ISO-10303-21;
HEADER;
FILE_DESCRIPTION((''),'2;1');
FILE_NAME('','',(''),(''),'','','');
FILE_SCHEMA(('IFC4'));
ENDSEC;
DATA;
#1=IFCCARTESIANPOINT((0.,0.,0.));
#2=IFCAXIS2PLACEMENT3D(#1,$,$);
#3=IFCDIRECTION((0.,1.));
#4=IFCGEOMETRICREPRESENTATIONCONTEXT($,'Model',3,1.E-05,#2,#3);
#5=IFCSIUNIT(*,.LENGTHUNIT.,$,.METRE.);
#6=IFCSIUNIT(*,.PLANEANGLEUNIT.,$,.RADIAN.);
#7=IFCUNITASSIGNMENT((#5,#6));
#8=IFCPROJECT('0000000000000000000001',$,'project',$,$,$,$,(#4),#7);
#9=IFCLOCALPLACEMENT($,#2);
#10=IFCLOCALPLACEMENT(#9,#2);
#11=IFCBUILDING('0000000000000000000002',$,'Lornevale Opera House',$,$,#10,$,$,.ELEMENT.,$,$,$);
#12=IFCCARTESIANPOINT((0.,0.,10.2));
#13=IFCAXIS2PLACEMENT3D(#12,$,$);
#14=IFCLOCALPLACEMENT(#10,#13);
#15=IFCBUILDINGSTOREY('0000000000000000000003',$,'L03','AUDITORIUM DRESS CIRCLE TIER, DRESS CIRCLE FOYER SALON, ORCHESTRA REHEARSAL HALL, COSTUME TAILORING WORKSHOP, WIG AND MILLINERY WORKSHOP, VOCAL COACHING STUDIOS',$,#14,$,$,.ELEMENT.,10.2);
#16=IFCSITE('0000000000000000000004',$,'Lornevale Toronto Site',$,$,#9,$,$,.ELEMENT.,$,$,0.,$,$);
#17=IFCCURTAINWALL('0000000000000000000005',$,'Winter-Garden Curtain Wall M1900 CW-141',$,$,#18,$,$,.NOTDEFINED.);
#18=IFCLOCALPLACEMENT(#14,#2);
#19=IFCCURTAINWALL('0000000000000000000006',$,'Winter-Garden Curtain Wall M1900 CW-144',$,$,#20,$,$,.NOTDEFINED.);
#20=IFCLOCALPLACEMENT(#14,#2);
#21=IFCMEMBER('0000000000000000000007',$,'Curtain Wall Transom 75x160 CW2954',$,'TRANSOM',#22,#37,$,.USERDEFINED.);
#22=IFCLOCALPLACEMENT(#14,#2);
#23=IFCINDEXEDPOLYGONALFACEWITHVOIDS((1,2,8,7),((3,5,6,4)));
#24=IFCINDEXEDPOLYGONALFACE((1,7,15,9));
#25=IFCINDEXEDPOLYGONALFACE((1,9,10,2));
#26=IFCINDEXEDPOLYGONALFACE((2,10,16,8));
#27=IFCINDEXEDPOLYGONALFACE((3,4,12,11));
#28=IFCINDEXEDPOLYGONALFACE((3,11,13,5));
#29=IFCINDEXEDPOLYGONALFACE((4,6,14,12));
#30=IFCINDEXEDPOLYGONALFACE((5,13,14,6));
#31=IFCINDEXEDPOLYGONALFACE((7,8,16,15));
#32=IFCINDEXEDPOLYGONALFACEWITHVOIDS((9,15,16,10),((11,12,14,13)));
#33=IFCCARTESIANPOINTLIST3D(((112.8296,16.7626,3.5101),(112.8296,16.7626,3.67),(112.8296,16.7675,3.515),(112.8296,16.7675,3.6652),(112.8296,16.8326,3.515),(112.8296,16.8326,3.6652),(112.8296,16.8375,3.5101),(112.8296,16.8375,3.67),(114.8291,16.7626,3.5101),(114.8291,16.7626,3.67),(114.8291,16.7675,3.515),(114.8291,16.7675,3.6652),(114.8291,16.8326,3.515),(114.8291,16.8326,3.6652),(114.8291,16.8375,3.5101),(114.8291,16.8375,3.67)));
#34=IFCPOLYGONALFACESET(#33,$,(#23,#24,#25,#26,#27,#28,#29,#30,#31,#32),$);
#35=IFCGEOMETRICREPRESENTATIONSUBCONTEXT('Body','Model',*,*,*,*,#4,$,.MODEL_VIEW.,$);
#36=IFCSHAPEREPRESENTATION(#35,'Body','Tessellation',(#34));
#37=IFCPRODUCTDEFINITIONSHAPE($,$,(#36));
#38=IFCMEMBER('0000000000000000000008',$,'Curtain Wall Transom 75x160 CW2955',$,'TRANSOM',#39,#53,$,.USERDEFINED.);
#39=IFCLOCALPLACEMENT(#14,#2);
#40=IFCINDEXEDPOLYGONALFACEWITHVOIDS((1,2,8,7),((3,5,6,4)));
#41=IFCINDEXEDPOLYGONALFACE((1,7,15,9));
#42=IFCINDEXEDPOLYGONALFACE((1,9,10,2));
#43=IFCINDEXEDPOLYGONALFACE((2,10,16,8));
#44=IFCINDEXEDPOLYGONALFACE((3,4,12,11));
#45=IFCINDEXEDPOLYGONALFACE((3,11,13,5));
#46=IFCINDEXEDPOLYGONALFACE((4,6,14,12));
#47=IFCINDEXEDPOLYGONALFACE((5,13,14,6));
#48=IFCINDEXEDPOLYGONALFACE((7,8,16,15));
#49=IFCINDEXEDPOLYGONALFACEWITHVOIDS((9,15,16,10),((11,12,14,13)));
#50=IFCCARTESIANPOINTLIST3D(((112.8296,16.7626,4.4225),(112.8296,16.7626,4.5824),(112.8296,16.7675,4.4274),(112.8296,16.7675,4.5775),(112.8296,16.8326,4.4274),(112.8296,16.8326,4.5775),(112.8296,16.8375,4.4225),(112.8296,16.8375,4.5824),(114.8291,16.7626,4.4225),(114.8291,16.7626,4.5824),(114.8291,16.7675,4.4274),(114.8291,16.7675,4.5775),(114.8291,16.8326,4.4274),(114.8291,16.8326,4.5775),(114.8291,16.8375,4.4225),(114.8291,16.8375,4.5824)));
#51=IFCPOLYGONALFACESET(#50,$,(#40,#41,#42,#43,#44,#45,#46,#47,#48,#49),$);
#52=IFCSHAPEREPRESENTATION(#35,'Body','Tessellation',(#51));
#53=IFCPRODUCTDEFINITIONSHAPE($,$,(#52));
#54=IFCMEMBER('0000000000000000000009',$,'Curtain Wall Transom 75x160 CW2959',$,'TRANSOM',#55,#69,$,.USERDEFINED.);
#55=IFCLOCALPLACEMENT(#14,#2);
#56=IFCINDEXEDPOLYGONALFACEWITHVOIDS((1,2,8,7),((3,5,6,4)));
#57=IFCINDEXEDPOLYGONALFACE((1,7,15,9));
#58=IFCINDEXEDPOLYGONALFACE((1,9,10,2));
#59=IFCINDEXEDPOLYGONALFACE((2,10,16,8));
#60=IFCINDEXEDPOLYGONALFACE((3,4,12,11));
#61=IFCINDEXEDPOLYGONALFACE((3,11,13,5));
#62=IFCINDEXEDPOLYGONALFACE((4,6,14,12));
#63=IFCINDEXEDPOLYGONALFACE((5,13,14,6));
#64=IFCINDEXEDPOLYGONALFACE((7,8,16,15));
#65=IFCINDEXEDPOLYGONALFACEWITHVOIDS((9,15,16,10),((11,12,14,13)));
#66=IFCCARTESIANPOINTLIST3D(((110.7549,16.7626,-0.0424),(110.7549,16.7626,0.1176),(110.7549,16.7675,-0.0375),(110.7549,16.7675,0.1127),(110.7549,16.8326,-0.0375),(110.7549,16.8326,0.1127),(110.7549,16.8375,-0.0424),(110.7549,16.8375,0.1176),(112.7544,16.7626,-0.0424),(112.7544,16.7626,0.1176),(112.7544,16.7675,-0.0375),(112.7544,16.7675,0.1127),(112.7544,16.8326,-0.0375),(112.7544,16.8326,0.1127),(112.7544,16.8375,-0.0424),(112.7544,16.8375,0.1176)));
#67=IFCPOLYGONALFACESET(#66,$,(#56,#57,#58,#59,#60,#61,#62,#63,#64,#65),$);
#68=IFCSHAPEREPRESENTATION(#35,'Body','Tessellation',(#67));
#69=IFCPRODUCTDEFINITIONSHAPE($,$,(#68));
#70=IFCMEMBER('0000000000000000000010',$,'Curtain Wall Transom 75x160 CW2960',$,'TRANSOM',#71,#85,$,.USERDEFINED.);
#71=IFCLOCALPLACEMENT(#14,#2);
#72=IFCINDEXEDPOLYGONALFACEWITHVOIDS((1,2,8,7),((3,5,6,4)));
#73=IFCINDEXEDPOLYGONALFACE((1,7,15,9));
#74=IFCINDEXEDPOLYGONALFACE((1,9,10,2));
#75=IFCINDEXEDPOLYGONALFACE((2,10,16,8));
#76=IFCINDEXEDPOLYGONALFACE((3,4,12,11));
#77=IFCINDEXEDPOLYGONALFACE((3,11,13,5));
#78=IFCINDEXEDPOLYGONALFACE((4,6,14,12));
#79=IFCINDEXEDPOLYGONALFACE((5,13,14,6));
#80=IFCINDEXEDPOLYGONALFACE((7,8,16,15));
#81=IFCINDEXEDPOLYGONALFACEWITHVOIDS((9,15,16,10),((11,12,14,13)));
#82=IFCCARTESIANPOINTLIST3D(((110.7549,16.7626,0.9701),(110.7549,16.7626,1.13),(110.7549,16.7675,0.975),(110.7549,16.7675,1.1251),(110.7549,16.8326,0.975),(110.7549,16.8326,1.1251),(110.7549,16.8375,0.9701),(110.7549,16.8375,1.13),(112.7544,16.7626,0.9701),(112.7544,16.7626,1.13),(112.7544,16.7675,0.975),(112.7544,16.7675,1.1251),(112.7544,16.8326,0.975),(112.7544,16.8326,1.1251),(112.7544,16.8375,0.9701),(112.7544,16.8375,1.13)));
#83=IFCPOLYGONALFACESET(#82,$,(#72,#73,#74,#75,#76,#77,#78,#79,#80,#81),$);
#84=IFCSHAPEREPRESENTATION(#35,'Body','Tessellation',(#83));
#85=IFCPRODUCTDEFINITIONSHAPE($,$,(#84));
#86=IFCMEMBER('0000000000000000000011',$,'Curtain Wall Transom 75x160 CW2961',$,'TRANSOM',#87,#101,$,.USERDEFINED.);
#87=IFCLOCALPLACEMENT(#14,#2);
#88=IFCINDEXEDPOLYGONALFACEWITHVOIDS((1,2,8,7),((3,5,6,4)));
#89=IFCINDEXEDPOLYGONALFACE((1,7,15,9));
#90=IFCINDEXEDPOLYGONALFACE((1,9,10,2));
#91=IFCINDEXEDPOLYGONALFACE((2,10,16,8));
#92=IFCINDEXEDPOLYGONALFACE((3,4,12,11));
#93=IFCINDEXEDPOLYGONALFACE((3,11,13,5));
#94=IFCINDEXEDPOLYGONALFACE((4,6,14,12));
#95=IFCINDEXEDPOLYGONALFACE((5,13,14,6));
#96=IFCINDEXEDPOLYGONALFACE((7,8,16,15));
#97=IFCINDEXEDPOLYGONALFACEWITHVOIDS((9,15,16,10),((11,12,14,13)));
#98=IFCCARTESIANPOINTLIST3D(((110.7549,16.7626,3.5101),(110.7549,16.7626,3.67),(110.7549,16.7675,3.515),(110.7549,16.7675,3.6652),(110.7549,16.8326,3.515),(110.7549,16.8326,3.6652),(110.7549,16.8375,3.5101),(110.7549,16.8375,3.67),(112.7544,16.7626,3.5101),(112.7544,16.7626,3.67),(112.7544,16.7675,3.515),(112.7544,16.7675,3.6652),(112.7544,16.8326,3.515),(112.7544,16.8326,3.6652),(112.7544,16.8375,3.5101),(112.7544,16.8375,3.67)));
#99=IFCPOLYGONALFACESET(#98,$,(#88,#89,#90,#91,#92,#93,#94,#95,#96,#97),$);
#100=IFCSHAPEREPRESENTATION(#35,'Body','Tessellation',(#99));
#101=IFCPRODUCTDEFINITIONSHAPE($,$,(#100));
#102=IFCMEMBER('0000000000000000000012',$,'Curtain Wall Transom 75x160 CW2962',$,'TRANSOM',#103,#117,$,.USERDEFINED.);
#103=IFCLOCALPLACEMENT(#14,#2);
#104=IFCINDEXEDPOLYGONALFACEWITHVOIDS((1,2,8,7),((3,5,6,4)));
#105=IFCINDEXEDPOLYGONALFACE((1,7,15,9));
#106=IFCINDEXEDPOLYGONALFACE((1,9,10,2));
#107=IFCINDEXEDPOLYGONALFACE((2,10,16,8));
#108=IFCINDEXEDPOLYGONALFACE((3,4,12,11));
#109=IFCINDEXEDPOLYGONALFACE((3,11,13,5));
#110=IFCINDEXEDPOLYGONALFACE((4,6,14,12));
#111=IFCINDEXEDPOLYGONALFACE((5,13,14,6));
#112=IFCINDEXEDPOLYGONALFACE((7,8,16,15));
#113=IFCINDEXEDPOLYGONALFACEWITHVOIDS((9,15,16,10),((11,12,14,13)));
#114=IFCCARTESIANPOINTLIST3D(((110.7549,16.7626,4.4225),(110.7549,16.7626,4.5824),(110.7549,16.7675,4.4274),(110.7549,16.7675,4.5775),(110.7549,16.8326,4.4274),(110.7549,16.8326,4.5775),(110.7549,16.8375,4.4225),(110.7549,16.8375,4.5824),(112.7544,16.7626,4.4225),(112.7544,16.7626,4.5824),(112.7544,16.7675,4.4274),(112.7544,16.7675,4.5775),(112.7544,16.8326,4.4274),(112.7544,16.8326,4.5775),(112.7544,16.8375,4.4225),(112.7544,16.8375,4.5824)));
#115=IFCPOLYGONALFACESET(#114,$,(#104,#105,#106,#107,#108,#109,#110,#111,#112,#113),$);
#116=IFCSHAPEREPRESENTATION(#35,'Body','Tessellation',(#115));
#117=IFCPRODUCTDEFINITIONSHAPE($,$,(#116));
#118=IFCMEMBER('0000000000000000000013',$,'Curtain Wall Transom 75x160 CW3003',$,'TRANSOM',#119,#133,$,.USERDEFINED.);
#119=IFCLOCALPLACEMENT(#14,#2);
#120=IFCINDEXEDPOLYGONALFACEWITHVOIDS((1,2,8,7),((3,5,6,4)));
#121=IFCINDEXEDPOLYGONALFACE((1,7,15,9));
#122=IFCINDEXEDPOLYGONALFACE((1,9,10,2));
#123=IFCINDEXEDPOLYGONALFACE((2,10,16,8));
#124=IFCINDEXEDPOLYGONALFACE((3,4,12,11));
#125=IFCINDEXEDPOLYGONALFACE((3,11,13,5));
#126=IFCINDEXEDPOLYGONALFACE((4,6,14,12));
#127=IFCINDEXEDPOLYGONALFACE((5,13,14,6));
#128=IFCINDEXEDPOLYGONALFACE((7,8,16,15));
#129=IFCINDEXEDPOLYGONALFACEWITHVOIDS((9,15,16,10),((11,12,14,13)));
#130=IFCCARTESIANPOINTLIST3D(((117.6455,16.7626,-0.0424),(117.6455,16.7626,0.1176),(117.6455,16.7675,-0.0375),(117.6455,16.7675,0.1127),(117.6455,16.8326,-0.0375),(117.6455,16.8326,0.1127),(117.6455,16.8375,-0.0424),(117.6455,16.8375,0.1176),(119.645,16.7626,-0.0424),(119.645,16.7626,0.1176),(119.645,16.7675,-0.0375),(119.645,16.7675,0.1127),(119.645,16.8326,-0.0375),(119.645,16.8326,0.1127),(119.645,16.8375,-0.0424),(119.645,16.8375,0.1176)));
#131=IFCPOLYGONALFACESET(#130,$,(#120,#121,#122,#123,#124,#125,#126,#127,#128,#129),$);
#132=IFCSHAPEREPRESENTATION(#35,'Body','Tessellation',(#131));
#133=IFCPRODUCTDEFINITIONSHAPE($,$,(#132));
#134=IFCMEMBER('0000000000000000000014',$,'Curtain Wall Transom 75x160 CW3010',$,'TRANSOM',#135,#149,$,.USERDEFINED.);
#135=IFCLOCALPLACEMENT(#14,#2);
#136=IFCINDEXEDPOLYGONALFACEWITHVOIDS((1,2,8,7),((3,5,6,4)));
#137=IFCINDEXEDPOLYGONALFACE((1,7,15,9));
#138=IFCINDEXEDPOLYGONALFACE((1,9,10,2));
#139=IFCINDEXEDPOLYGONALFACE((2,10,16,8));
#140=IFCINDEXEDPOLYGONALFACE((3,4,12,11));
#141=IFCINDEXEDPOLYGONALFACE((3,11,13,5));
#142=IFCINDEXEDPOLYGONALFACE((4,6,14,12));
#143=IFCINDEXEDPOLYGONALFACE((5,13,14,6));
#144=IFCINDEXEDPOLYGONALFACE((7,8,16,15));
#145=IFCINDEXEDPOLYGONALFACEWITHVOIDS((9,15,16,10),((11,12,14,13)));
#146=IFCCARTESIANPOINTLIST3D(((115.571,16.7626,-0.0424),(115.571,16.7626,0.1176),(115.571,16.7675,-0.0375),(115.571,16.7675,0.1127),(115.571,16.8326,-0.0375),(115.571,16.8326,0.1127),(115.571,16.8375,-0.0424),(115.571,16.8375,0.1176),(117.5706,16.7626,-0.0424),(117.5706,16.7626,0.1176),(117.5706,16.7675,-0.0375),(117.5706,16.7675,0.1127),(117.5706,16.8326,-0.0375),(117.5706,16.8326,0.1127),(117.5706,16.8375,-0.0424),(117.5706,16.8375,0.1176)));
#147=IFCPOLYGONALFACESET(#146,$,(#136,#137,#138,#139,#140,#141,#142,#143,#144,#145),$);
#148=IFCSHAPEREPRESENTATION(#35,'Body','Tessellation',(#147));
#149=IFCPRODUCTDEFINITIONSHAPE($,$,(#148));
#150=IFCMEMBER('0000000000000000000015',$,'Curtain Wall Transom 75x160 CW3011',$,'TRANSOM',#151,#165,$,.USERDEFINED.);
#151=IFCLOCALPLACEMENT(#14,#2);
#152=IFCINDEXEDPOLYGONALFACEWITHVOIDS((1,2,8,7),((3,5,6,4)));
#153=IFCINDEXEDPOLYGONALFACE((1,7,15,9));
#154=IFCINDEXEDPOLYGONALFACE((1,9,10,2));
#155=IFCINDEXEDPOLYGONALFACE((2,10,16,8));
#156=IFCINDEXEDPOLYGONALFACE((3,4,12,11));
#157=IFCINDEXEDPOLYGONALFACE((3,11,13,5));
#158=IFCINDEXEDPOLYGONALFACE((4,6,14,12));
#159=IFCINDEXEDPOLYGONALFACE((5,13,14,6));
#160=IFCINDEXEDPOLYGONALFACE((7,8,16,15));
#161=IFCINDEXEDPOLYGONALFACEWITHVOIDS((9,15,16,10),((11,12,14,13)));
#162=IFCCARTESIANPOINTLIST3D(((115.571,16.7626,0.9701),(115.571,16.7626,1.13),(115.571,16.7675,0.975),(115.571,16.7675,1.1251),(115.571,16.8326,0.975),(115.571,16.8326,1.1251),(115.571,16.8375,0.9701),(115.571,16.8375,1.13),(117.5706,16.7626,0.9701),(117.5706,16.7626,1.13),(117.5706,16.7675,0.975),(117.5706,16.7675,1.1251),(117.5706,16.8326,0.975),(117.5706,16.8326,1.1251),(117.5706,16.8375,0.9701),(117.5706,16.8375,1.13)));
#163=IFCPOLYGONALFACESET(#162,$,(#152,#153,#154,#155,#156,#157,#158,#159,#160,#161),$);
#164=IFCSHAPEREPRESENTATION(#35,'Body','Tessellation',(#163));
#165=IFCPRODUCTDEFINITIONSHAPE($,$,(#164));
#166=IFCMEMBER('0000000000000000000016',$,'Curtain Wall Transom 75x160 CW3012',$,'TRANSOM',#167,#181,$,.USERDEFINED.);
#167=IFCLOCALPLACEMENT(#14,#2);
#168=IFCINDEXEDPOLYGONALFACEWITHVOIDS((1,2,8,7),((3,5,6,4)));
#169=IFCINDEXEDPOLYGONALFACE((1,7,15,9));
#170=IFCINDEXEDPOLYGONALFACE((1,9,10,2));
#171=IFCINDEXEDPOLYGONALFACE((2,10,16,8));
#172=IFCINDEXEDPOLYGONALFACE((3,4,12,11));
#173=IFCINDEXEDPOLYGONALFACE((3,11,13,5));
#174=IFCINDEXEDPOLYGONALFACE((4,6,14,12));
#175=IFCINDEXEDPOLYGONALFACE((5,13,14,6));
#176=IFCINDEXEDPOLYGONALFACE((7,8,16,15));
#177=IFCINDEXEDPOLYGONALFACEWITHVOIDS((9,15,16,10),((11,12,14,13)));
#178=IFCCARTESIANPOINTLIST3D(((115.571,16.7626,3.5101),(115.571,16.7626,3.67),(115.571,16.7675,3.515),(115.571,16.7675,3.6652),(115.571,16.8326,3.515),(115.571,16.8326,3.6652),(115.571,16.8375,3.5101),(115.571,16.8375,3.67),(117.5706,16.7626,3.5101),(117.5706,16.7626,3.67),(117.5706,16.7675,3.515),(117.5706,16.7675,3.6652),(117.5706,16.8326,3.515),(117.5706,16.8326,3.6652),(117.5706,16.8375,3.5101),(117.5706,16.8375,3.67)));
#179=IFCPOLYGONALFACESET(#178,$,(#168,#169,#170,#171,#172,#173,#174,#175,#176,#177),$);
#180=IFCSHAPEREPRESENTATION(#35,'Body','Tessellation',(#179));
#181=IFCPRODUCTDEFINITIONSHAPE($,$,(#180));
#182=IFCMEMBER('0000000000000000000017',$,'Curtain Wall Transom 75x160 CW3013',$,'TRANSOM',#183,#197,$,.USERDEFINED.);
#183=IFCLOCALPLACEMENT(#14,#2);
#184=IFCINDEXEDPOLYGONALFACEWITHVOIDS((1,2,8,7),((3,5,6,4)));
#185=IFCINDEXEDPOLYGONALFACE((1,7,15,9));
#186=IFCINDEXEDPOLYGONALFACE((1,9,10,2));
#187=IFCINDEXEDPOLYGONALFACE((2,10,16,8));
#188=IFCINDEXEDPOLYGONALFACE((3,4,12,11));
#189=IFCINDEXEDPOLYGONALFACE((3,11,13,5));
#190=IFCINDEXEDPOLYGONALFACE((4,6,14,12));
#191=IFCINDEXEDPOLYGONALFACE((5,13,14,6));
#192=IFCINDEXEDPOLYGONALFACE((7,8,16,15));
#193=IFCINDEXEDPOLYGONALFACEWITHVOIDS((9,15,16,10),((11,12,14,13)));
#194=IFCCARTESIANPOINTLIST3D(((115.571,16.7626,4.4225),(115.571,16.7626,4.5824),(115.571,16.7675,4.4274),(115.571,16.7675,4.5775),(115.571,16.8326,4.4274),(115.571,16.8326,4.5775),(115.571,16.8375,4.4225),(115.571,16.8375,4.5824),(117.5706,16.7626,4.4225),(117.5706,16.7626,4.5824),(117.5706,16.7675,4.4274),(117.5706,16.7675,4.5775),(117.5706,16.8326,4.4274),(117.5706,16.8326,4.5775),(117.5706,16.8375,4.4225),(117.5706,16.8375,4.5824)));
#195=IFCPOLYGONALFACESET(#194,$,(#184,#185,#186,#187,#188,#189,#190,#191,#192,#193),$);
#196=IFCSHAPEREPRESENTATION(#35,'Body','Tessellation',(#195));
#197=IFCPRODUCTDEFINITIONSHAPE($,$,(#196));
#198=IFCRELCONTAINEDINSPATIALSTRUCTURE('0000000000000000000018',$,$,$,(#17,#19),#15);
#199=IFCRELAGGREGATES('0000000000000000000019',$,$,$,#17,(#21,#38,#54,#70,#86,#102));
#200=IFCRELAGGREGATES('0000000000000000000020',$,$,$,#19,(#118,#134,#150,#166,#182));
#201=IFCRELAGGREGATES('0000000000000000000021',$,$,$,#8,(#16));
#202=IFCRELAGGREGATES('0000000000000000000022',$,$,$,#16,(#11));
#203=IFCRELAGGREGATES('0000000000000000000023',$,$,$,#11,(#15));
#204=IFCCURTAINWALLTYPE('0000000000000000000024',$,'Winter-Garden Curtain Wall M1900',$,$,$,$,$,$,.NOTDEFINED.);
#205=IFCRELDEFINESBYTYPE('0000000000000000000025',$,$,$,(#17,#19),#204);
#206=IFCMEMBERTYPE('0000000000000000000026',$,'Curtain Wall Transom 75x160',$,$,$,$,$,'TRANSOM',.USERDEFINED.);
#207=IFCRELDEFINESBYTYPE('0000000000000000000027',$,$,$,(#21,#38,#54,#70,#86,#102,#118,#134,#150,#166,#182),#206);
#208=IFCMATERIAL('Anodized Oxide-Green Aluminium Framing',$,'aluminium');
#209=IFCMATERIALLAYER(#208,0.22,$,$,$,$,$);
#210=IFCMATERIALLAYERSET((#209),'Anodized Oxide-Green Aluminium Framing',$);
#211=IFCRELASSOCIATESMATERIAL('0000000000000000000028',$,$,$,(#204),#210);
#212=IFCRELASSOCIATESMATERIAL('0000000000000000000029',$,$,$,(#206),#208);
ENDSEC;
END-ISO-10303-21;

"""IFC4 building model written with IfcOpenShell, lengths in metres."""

from ifc_helpers import new_model, si_unit, direction, frame, origin, origin_2d, place, context, subcontext, project, spatial, hollow_rectangle, extrude, material, layer, layer_set, material_profile, profile_set, type_object, element, aggregate, save


model = new_model("IFC4")

# Units and contexts
model_context = context("Model", 3, precision=1e-05, world=origin(), true_north=direction((0.0, 1.0)))
body_context = subcontext(model_context, "Body", "Model", "MODEL_VIEW")
ifc_project = project(units=[si_unit("LENGTHUNIT", "METRE"), si_unit("PLANEANGLEUNIT", "RADIAN")], contexts=[model_context])

# Site, building, storey
site_placement = place(None, origin())
site = spatial("IfcSite", under=ifc_project, at=site_placement, Name="Lornevale Toronto Site", CompositionType="ELEMENT", RefElevation=0.0)
building_placement = place(site_placement, origin())
building = spatial("IfcBuilding", under=site, at=building_placement, Name="Lornevale Opera House", CompositionType="ELEMENT")
storey_placement = place(building_placement, frame((0.0, 0.0, 10.2)))
storey = spatial("IfcBuildingStorey", under=building, at=storey_placement, Name="L03", Description="AUDITORIUM DRESS CIRCLE TIER, DRESS CIRCLE FOYER SALON, ORCHESTRA REHEARSAL HALL, COSTUME TAILORING WORKSHOP, WIG AND MILLINERY WORKSHOP, VOCAL COACHING STUDIOS", CompositionType="ELEMENT", Elevation=10.2)

# Curtain wall
ifc_material_1 = material(Name="Anodized Oxide-Green Aluminium Framing", Category="aluminium")
ifc_layer_1 = layer(ifc_material_1, 0.22)
ifc_layer_set_1 = layer_set([ifc_layer_1], Name="Anodized Oxide-Green Aluminium Framing")
curtain_wall_type = type_object("IfcCurtainWallType", Name="Winter-Garden Curtain Wall M1900", PredefinedType="NOTDEFINED", material=ifc_layer_set_1)
curtain_wall_1_placement = place(storey_placement, origin())
curtain_wall_1 = element("IfcCurtainWall", 1, at=curtain_wall_1_placement, inside=storey, type_object=curtain_wall_type, Name="Winter-Garden Curtain Wall M1900 CW-141", PredefinedType="NOTDEFINED")

# Curtain wall
curtain_wall_2_placement = place(storey_placement, origin())
curtain_wall_2 = element("IfcCurtainWall", 2, at=curtain_wall_2_placement, inside=storey, type_object=curtain_wall_type, Name="Winter-Garden Curtain Wall M1900 CW-144", PredefinedType="NOTDEFINED")

# Members
ifc_material_profile_1 = material_profile(ifc_material_1, hollow_rectangle(XDim=0.075, YDim=0.1599, WallThickness=0.0049, at=origin_2d()), Name="ALU75x160x5")
ifc_profile_set_1 = profile_set([ifc_material_profile_1], Name="Anodized Oxide-Green Aluminium Framing")
member_type_1 = type_object("IfcMemberType", Name="Curtain Wall Transom 75x160", ElementType="TRANSOM", PredefinedType="USERDEFINED", material=ifc_profile_set_1)
member_1_placement = place(storey_placement, frame((114.8291, 16.8, 3.5901), z_axis=(-1.0, 0.0, 0.0), x_axis=(0.0, -1.0, 0.0)))
member_1 = element("IfcMember", 3, at=member_1_placement, type_object=member_type_1, Name="Curtain Wall Transom 75x160 CW2954", ObjectType="TRANSOM", PredefinedType="USERDEFINED", context=body_context, shape_type="SweptSolid", body=[
    extrude(hollow_rectangle(XDim=0.075, YDim=0.1599, WallThickness=0.0049, at=origin_2d()), origin(), (0.0, 0.0, 1.0), 1.9995),
])
member_2_placement = place(storey_placement, frame((114.8291, 16.8, 4.5024), z_axis=(-1.0, 0.0, 0.0), x_axis=(0.0, -1.0, 0.0)))
member_2 = element("IfcMember", 4, at=member_2_placement, type_object=member_type_1, Name="Curtain Wall Transom 75x160 CW2955", ObjectType="TRANSOM", PredefinedType="USERDEFINED", context=body_context, shape_type="SweptSolid", body=[
    extrude(hollow_rectangle(XDim=0.075, YDim=0.1599, WallThickness=0.0049, at=origin_2d()), origin(), (0.0, 0.0, 1.0), 1.9995),
])
member_3_placement = place(storey_placement, frame((112.7544, 16.8, 0.0376), z_axis=(-1.0, 0.0, 0.0), x_axis=(0.0, -1.0, 0.0)))
member_3 = element("IfcMember", 5, at=member_3_placement, type_object=member_type_1, Name="Curtain Wall Transom 75x160 CW2959", ObjectType="TRANSOM", PredefinedType="USERDEFINED", context=body_context, shape_type="SweptSolid", body=[
    extrude(hollow_rectangle(XDim=0.075, YDim=0.1599, WallThickness=0.0049, at=origin_2d()), origin(), (0.0, 0.0, 1.0), 1.9995),
])
member_4_placement = place(storey_placement, frame((112.7544, 16.8, 1.05), z_axis=(-1.0, 0.0, 0.0), x_axis=(0.0, -1.0, 0.0)))
member_4 = element("IfcMember", 6, at=member_4_placement, type_object=member_type_1, Name="Curtain Wall Transom 75x160 CW2960", ObjectType="TRANSOM", PredefinedType="USERDEFINED", context=body_context, shape_type="SweptSolid", body=[
    extrude(hollow_rectangle(XDim=0.075, YDim=0.1599, WallThickness=0.0049, at=origin_2d()), origin(), (0.0, 0.0, 1.0), 1.9995),
])
member_5_placement = place(storey_placement, frame((112.7544, 16.8, 3.5901), z_axis=(-1.0, 0.0, 0.0), x_axis=(0.0, -1.0, 0.0)))
member_5 = element("IfcMember", 7, at=member_5_placement, type_object=member_type_1, Name="Curtain Wall Transom 75x160 CW2961", ObjectType="TRANSOM", PredefinedType="USERDEFINED", context=body_context, shape_type="SweptSolid", body=[
    extrude(hollow_rectangle(XDim=0.075, YDim=0.1599, WallThickness=0.0049, at=origin_2d()), origin(), (0.0, 0.0, 1.0), 1.9995),
])
member_6_placement = place(storey_placement, frame((112.7544, 16.8, 4.5024), z_axis=(-1.0, 0.0, 0.0), x_axis=(0.0, -1.0, 0.0)))
member_6 = element("IfcMember", 8, at=member_6_placement, type_object=member_type_1, Name="Curtain Wall Transom 75x160 CW2962", ObjectType="TRANSOM", PredefinedType="USERDEFINED", context=body_context, shape_type="SweptSolid", body=[
    extrude(hollow_rectangle(XDim=0.075, YDim=0.1599, WallThickness=0.0049, at=origin_2d()), origin(), (0.0, 0.0, 1.0), 1.9995),
])
member_7_placement = place(storey_placement, frame((119.645, 16.8, 0.0376), z_axis=(-1.0, 0.0, 0.0), x_axis=(0.0, -1.0, 0.0)))
member_7 = element("IfcMember", 9, at=member_7_placement, type_object=member_type_1, Name="Curtain Wall Transom 75x160 CW3003", ObjectType="TRANSOM", PredefinedType="USERDEFINED", context=body_context, shape_type="SweptSolid", body=[
    extrude(hollow_rectangle(XDim=0.075, YDim=0.1599, WallThickness=0.0049, at=origin_2d()), origin(), (0.0, 0.0, 1.0), 1.9995),
])
member_8_placement = place(storey_placement, frame((117.5706, 16.8, 0.0376), z_axis=(-1.0, 0.0, 0.0), x_axis=(0.0, -1.0, 0.0)))
member_8 = element("IfcMember", 10, at=member_8_placement, type_object=member_type_1, Name="Curtain Wall Transom 75x160 CW3010", ObjectType="TRANSOM", PredefinedType="USERDEFINED", context=body_context, shape_type="SweptSolid", body=[
    extrude(hollow_rectangle(XDim=0.075, YDim=0.1599, WallThickness=0.0049, at=origin_2d()), origin(), (0.0, 0.0, 1.0), 1.9995),
])
member_9_placement = place(storey_placement, frame((117.5706, 16.8, 1.05), z_axis=(-1.0, 0.0, 0.0), x_axis=(0.0, -1.0, 0.0)))
member_9 = element("IfcMember", 11, at=member_9_placement, type_object=member_type_1, Name="Curtain Wall Transom 75x160 CW3011", ObjectType="TRANSOM", PredefinedType="USERDEFINED", context=body_context, shape_type="SweptSolid", body=[
    extrude(hollow_rectangle(XDim=0.075, YDim=0.1599, WallThickness=0.0049, at=origin_2d()), origin(), (0.0, 0.0, 1.0), 1.9995),
])
member_10_placement = place(storey_placement, frame((117.5706, 16.8, 3.5901), z_axis=(-1.0, 0.0, 0.0), x_axis=(0.0, -1.0, 0.0)))
member_10 = element("IfcMember", 12, at=member_10_placement, type_object=member_type_1, Name="Curtain Wall Transom 75x160 CW3012", ObjectType="TRANSOM", PredefinedType="USERDEFINED", context=body_context, shape_type="SweptSolid", body=[
    extrude(hollow_rectangle(XDim=0.075, YDim=0.1599, WallThickness=0.0049, at=origin_2d()), origin(), (0.0, 0.0, 1.0), 1.9995),
])
member_11_placement = place(storey_placement, frame((117.5706, 16.8, 4.5024), z_axis=(-1.0, 0.0, 0.0), x_axis=(0.0, -1.0, 0.0)))
member_11 = element("IfcMember", 13, at=member_11_placement, type_object=member_type_1, Name="Curtain Wall Transom 75x160 CW3013", ObjectType="TRANSOM", PredefinedType="USERDEFINED", context=body_context, shape_type="SweptSolid", body=[
    extrude(hollow_rectangle(XDim=0.075, YDim=0.1599, WallThickness=0.0049, at=origin_2d()), origin(), (0.0, 0.0, 1.0), 1.9995),
])

aggregate(curtain_wall_1, [member_1, member_2, member_3, member_4, member_5, member_6])
aggregate(curtain_wall_2, [member_7, member_8, member_9, member_10, member_11])

save(model, "model.ifc")
